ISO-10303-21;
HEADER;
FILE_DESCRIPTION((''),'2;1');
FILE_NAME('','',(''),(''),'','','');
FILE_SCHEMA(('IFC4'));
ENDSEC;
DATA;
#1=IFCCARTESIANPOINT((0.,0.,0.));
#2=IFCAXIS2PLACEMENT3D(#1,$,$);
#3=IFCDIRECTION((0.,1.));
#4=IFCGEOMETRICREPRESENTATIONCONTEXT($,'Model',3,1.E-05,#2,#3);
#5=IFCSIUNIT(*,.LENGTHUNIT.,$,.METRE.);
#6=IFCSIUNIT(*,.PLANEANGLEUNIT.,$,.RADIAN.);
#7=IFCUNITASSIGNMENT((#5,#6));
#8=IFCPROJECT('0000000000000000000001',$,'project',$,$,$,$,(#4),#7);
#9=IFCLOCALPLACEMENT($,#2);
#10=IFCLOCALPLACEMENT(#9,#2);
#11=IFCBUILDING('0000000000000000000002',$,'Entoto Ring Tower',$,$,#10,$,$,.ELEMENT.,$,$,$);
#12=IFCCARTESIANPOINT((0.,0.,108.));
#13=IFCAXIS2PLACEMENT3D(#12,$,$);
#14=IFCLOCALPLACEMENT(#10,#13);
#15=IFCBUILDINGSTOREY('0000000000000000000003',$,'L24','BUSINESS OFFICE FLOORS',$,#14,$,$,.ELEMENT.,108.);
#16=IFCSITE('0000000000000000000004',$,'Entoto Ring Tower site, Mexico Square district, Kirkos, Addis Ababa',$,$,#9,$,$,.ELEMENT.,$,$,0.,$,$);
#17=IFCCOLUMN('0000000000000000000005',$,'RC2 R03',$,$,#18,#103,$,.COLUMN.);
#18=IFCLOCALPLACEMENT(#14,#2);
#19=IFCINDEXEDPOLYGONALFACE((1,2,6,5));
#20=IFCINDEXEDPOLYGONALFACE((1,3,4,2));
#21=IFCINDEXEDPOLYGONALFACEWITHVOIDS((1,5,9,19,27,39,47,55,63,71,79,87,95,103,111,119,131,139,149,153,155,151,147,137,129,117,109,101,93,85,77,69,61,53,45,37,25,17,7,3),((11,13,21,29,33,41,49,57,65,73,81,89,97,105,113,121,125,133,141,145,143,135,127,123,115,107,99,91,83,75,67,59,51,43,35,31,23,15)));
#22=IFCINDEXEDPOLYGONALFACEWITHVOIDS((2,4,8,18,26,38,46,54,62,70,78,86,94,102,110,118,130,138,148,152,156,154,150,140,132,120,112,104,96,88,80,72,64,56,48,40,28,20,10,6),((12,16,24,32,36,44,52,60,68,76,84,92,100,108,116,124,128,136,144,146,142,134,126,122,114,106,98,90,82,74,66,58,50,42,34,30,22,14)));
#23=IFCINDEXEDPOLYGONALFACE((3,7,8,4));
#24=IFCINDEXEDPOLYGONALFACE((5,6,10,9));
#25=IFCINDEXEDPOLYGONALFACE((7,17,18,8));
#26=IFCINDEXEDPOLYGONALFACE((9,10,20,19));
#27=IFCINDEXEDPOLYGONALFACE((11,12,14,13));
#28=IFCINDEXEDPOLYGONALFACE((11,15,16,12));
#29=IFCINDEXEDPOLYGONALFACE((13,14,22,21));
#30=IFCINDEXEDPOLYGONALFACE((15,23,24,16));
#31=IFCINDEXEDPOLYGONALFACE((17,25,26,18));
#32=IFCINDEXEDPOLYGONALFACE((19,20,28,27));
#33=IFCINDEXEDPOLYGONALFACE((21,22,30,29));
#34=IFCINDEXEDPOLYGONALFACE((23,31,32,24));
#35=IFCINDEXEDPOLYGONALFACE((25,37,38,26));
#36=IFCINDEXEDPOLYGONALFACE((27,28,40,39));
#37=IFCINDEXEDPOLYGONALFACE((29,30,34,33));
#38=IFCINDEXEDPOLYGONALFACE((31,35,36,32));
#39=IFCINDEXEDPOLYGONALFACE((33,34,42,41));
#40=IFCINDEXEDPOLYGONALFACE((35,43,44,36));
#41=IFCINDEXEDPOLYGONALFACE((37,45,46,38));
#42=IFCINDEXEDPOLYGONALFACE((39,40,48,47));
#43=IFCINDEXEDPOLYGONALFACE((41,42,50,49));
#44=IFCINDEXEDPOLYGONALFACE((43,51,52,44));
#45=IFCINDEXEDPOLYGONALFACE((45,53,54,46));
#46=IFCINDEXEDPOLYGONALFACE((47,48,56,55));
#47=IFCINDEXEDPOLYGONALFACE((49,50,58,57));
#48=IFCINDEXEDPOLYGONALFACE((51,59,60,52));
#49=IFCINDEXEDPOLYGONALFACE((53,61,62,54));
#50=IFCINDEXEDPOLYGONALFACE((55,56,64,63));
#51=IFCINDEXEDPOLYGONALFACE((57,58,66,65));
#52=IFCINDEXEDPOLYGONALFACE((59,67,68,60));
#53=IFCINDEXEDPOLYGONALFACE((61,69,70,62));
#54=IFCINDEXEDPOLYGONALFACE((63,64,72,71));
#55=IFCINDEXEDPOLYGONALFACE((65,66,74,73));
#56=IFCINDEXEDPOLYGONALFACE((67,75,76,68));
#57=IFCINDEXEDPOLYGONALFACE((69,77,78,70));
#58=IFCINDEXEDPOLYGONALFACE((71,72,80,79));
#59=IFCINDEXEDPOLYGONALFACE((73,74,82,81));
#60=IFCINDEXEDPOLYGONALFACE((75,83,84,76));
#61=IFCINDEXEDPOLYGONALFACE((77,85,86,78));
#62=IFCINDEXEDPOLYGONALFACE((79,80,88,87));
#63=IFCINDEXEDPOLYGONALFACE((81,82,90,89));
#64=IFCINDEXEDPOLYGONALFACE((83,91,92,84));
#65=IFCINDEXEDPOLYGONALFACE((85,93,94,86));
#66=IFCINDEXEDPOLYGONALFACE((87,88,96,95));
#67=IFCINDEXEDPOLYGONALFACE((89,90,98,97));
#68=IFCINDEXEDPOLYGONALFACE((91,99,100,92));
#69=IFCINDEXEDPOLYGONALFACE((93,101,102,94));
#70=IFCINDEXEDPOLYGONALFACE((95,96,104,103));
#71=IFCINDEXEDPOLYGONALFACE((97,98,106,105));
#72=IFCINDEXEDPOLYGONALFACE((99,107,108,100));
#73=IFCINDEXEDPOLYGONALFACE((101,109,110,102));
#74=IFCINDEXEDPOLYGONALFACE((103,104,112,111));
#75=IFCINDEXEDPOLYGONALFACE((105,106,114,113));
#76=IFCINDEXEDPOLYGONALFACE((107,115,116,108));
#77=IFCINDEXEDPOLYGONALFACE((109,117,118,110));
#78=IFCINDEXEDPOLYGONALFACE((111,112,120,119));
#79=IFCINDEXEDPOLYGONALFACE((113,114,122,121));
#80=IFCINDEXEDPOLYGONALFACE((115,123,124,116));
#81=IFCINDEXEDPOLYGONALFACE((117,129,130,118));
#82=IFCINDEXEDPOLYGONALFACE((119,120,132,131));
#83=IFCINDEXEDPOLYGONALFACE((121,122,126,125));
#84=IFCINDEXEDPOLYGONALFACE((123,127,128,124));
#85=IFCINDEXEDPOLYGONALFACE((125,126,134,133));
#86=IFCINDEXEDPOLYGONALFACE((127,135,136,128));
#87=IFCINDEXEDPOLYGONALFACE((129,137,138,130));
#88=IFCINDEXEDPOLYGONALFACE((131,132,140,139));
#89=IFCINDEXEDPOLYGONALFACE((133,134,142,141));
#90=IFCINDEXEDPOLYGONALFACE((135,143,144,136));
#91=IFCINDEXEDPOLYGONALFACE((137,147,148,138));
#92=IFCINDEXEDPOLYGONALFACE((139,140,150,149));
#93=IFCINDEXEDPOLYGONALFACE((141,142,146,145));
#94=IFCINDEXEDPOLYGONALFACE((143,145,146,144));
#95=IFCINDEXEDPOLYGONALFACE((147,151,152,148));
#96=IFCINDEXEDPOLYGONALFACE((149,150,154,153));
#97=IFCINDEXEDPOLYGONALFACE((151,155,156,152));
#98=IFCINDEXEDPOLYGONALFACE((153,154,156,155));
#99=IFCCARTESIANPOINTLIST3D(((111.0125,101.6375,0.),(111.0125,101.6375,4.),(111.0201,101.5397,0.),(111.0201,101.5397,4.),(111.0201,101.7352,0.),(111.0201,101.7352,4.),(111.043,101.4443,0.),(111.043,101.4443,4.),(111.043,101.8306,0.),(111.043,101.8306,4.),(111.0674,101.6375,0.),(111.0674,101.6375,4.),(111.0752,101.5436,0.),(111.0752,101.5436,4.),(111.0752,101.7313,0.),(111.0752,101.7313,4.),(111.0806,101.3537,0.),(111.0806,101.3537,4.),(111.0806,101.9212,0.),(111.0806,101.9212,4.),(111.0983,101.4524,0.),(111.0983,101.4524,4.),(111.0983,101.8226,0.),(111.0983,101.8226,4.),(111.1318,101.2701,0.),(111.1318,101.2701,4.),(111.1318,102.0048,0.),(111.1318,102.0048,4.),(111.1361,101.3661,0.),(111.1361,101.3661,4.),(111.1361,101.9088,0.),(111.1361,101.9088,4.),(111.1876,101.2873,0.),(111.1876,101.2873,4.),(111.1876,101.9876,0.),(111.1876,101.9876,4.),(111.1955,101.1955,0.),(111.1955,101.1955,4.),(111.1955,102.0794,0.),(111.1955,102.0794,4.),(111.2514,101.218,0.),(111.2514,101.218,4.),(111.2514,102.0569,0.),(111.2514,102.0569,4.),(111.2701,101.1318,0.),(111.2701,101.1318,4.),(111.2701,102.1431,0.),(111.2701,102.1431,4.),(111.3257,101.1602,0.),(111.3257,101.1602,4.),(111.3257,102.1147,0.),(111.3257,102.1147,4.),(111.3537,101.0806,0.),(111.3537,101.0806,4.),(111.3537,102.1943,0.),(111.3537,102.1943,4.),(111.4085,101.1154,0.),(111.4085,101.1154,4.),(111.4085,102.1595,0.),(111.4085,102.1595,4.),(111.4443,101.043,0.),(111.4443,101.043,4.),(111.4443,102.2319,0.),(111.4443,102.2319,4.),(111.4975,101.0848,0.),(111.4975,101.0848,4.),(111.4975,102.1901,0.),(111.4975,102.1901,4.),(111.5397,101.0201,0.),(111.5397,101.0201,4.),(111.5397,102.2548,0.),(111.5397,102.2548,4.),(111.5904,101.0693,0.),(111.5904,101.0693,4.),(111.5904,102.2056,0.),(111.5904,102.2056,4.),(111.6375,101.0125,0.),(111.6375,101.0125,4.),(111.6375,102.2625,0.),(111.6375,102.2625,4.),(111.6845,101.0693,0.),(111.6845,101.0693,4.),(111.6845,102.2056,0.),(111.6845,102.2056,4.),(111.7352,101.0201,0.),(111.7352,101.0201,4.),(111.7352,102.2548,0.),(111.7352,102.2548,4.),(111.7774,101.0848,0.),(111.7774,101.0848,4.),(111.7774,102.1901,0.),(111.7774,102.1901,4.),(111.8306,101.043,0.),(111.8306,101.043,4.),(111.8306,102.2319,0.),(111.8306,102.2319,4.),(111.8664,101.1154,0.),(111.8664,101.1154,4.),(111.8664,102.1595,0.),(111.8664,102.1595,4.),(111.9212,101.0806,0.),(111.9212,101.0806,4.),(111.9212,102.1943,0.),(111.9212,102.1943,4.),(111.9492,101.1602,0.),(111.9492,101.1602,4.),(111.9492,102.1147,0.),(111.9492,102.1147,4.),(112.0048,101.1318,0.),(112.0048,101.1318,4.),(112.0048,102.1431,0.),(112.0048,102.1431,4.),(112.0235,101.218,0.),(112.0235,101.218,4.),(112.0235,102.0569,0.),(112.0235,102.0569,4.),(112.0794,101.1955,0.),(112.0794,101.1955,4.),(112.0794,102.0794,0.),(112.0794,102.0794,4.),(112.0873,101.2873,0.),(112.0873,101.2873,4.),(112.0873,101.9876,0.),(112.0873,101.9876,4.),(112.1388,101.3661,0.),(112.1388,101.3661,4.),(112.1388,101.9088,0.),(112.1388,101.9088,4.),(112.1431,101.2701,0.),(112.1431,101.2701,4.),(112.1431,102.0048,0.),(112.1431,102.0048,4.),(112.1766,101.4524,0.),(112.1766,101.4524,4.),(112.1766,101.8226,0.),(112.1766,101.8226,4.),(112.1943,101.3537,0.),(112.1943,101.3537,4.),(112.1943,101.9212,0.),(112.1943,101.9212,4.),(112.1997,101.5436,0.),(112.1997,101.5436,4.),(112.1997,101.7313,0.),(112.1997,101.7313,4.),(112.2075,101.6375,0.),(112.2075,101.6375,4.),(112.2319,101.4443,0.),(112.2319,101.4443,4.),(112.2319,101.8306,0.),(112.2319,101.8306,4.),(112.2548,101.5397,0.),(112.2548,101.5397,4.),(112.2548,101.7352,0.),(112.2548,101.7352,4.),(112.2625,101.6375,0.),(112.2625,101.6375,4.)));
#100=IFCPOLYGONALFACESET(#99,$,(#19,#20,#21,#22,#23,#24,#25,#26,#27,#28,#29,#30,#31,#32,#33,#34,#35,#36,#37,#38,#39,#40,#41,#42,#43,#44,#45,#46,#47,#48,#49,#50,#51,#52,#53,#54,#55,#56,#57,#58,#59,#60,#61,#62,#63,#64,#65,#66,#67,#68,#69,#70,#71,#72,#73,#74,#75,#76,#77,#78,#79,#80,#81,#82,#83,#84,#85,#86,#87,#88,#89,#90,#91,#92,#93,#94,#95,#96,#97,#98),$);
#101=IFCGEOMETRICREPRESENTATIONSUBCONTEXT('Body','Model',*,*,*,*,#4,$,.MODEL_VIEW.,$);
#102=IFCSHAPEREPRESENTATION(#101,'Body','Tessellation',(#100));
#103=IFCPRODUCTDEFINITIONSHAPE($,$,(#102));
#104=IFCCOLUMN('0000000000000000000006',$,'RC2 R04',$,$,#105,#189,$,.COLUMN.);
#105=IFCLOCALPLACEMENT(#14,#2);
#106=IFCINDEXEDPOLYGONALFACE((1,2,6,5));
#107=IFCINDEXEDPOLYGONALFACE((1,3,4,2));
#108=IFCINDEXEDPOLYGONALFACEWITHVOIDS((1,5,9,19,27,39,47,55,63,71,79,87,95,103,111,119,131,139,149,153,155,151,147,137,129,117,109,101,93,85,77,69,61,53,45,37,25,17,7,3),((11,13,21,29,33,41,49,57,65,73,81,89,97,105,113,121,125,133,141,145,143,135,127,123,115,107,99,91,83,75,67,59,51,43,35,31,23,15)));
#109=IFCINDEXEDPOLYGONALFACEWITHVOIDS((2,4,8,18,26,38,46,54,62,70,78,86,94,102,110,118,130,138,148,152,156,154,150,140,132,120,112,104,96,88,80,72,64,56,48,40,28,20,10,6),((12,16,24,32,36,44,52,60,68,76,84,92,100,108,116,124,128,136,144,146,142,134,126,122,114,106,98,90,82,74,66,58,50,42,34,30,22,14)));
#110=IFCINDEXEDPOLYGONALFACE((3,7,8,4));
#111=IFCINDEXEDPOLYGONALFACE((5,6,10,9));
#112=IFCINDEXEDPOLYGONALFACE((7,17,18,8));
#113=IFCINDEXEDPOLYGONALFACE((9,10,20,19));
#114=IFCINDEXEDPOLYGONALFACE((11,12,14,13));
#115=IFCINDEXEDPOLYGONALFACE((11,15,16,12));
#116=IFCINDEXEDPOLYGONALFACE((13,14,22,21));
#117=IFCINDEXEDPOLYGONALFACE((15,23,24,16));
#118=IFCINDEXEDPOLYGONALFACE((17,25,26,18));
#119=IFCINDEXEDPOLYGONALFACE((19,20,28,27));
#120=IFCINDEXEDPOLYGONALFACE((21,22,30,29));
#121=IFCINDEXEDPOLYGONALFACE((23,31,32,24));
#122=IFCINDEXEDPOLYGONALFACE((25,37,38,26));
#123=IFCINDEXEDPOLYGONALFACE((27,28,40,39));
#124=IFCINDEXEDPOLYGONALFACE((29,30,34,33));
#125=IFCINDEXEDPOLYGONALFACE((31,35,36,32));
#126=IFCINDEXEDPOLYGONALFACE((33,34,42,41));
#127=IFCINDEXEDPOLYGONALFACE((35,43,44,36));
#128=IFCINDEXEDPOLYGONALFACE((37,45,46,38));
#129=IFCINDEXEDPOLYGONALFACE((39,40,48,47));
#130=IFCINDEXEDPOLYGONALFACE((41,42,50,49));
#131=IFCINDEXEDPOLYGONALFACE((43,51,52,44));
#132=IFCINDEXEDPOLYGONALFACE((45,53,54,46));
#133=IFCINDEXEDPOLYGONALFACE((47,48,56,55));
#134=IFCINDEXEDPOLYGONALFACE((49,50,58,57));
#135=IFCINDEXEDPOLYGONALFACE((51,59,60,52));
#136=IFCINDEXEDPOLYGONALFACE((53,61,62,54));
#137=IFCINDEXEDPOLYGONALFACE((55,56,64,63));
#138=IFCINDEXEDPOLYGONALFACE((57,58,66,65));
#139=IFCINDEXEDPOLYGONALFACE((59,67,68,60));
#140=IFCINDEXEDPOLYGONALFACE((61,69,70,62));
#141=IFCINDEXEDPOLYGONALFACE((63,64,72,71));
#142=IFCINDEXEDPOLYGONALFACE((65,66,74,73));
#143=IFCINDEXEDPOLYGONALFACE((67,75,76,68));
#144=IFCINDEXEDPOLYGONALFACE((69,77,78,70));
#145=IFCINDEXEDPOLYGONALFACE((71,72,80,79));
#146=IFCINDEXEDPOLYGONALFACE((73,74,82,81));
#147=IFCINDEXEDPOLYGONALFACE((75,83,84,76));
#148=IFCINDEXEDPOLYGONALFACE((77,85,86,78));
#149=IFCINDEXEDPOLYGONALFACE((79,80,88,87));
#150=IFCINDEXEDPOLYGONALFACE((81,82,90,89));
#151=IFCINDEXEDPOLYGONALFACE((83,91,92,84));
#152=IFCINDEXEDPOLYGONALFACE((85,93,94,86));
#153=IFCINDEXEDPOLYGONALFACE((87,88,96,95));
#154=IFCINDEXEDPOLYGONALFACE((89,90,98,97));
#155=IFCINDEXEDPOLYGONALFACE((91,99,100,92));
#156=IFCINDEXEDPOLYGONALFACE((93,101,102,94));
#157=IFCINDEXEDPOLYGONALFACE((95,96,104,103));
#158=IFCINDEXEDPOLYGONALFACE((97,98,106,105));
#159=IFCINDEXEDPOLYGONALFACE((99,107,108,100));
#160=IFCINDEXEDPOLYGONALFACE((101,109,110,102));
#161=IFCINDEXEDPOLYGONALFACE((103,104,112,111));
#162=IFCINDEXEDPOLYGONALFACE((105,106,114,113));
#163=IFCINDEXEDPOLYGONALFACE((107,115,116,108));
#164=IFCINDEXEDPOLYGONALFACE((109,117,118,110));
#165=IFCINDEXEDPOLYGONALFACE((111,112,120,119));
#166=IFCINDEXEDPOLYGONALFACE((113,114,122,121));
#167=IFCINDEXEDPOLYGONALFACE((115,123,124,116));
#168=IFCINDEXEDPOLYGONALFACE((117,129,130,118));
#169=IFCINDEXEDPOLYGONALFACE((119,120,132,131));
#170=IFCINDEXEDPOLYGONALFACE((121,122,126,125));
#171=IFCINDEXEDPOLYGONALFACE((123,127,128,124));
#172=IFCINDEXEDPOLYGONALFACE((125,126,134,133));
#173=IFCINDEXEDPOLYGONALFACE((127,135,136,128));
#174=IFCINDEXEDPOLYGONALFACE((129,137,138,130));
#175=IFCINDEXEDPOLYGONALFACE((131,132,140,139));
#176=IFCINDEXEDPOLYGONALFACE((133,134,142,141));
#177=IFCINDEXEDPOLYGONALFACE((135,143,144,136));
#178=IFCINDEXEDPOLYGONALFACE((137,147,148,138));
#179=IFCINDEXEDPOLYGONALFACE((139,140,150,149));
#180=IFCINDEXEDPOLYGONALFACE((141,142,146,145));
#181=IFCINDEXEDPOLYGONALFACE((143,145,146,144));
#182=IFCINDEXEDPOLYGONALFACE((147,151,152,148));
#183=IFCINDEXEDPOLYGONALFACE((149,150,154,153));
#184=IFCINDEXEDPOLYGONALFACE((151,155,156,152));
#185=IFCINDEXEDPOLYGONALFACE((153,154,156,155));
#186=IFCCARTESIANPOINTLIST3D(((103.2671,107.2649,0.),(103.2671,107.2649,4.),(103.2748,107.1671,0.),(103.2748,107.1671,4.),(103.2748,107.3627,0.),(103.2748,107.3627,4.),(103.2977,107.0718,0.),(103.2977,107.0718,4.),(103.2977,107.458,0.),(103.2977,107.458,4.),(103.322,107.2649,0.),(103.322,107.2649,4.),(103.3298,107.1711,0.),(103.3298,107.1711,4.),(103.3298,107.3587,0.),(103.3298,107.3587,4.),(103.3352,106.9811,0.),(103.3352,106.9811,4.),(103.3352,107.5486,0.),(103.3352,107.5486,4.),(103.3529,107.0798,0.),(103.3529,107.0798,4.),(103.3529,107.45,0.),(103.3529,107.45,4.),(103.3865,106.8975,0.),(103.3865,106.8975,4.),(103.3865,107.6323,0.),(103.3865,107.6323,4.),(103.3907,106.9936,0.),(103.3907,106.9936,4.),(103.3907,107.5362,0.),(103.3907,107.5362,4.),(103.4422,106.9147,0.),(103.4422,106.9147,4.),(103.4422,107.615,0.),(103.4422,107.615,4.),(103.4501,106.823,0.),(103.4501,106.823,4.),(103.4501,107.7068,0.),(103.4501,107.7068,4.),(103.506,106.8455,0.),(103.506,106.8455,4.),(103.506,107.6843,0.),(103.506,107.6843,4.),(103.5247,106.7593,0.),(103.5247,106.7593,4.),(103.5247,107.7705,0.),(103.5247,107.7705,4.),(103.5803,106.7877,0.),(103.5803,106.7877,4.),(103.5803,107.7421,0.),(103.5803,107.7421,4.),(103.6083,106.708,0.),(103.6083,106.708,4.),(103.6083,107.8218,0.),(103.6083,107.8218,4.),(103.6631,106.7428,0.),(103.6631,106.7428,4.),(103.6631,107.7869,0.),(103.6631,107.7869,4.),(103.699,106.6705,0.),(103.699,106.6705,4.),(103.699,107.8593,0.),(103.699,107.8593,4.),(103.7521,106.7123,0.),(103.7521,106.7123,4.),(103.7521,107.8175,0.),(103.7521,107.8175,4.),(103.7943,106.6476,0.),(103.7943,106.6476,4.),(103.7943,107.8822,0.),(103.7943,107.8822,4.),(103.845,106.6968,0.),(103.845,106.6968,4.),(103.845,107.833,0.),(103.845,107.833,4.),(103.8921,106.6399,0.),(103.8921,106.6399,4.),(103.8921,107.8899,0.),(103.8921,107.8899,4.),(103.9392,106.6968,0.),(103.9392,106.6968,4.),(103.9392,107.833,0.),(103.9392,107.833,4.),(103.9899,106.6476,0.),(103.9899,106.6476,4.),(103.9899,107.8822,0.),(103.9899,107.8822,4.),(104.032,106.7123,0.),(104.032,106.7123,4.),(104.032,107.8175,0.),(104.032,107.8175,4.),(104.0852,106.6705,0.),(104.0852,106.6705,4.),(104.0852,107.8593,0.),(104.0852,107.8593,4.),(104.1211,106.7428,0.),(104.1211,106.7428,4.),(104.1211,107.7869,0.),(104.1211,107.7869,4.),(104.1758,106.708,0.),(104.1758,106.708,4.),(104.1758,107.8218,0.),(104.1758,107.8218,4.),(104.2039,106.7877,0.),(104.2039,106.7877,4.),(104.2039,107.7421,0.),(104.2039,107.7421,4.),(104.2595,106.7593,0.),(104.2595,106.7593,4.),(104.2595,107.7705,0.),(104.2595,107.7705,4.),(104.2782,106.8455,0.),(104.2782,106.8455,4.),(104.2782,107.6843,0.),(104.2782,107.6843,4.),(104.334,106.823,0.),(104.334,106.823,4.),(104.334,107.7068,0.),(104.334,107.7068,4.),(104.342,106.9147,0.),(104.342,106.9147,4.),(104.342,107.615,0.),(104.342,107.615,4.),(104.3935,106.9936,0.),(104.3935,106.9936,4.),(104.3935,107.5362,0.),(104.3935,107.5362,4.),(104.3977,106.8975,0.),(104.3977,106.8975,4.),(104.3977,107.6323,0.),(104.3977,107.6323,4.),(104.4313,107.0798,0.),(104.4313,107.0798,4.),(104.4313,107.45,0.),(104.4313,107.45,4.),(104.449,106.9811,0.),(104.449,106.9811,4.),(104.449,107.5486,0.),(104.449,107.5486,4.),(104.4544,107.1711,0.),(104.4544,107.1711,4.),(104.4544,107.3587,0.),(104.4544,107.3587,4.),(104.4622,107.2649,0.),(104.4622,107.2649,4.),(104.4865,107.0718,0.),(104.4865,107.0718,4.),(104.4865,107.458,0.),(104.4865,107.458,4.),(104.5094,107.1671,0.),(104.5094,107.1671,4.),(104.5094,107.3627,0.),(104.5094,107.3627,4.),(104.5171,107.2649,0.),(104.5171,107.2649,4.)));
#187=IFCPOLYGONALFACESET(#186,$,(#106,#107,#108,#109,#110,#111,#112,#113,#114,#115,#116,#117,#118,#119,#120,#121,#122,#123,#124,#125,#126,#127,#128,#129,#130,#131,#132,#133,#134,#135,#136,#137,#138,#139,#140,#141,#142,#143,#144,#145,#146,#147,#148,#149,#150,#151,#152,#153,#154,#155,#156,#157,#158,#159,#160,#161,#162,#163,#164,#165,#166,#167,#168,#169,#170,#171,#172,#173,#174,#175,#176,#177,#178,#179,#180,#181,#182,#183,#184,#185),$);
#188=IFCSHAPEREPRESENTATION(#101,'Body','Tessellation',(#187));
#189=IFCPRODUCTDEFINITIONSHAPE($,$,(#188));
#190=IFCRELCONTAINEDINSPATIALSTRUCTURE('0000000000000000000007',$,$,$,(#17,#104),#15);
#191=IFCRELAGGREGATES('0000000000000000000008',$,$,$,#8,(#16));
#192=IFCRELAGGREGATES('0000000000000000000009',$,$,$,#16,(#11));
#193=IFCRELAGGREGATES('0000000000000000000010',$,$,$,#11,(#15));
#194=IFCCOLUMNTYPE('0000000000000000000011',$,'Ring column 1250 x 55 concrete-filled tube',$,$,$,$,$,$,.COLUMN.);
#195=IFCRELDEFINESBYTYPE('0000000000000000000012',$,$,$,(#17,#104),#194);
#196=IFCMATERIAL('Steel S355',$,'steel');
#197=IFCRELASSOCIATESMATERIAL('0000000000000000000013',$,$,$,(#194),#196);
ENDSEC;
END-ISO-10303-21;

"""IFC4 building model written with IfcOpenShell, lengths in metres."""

from ifc_helpers import new_model, si_unit, direction, frame, origin, origin_2d, place, context, subcontext, project, spatial, circle, hollow_circle, extrude, material, material_profile, profile_set, type_object, element, save


model = new_model("IFC4")

# Units and contexts
model_context = context("Model", 3, precision=1e-05, world=origin(), true_north=direction((0.0, 1.0)))
body_context = subcontext(model_context, "Body", "Model", "MODEL_VIEW")
ifc_project = project(units=[si_unit("LENGTHUNIT", "METRE"), si_unit("PLANEANGLEUNIT", "RADIAN")], contexts=[model_context])

# Site, building, storey
site_placement = place(None, origin())
site = spatial("IfcSite", under=ifc_project, at=site_placement, Name="Entoto Ring Tower site, Mexico Square district, Kirkos, Addis Ababa", CompositionType="ELEMENT", RefElevation=0.0)
building_placement = place(site_placement, origin())
building = spatial("IfcBuilding", under=site, at=building_placement, Name="Entoto Ring Tower", CompositionType="ELEMENT")
storey_placement = place(building_placement, frame((0.0, 0.0, 108.0)))
storey = spatial("IfcBuildingStorey", under=building, at=storey_placement, Name="L24", Description="BUSINESS OFFICE FLOORS", CompositionType="ELEMENT", Elevation=108.0)

# Columns
ifc_material_1 = material(Name="Steel S355", Category="steel")
ifc_material_profile_1 = material_profile(ifc_material_1, hollow_circle(Radius=0.625, WallThickness=0.0549, at=origin_2d()), Name="CHS 1250 x 55")
ifc_material_2 = material(Name="Concrete C60/75", Category="concrete")
ifc_material_profile_2 = material_profile(ifc_material_2, circle(Radius=0.5701, at=origin_2d()), Name="Concrete C60/75 infill")
ifc_profile_set_1 = profile_set([ifc_material_profile_1, ifc_material_profile_2], Name="Steel S355")
column_type = type_object("IfcColumnType", Name="Ring column 1250 x 55 concrete-filled tube", PredefinedType="COLUMN", material=ifc_profile_set_1)
for number, where, z_axis, x_axis, name in (
    (1, (111.6375, 101.6375, 0.0), (0.0, 0.0, 1.0), (1.0, 0.0, 0.0), "RC2 R03"),
    (2, (103.8921, 107.2649, 0.0), (0.0, 0.0, 1.0), (1.0, 0.0, 0.0), "RC2 R04"),
):
    element("IfcColumn", number, at=place(storey_placement, frame(where, z_axis=z_axis, x_axis=x_axis)), inside=storey, type_object=column_type, Name=name, PredefinedType="COLUMN", context=body_context, shape_type="SweptSolid", body=[
        extrude(hollow_circle(Radius=0.625, WallThickness=0.0549, at=origin_2d()), origin(), (0.0, 0.0, 1.0), 4.0),
    ])

save(model, "model.ifc")
